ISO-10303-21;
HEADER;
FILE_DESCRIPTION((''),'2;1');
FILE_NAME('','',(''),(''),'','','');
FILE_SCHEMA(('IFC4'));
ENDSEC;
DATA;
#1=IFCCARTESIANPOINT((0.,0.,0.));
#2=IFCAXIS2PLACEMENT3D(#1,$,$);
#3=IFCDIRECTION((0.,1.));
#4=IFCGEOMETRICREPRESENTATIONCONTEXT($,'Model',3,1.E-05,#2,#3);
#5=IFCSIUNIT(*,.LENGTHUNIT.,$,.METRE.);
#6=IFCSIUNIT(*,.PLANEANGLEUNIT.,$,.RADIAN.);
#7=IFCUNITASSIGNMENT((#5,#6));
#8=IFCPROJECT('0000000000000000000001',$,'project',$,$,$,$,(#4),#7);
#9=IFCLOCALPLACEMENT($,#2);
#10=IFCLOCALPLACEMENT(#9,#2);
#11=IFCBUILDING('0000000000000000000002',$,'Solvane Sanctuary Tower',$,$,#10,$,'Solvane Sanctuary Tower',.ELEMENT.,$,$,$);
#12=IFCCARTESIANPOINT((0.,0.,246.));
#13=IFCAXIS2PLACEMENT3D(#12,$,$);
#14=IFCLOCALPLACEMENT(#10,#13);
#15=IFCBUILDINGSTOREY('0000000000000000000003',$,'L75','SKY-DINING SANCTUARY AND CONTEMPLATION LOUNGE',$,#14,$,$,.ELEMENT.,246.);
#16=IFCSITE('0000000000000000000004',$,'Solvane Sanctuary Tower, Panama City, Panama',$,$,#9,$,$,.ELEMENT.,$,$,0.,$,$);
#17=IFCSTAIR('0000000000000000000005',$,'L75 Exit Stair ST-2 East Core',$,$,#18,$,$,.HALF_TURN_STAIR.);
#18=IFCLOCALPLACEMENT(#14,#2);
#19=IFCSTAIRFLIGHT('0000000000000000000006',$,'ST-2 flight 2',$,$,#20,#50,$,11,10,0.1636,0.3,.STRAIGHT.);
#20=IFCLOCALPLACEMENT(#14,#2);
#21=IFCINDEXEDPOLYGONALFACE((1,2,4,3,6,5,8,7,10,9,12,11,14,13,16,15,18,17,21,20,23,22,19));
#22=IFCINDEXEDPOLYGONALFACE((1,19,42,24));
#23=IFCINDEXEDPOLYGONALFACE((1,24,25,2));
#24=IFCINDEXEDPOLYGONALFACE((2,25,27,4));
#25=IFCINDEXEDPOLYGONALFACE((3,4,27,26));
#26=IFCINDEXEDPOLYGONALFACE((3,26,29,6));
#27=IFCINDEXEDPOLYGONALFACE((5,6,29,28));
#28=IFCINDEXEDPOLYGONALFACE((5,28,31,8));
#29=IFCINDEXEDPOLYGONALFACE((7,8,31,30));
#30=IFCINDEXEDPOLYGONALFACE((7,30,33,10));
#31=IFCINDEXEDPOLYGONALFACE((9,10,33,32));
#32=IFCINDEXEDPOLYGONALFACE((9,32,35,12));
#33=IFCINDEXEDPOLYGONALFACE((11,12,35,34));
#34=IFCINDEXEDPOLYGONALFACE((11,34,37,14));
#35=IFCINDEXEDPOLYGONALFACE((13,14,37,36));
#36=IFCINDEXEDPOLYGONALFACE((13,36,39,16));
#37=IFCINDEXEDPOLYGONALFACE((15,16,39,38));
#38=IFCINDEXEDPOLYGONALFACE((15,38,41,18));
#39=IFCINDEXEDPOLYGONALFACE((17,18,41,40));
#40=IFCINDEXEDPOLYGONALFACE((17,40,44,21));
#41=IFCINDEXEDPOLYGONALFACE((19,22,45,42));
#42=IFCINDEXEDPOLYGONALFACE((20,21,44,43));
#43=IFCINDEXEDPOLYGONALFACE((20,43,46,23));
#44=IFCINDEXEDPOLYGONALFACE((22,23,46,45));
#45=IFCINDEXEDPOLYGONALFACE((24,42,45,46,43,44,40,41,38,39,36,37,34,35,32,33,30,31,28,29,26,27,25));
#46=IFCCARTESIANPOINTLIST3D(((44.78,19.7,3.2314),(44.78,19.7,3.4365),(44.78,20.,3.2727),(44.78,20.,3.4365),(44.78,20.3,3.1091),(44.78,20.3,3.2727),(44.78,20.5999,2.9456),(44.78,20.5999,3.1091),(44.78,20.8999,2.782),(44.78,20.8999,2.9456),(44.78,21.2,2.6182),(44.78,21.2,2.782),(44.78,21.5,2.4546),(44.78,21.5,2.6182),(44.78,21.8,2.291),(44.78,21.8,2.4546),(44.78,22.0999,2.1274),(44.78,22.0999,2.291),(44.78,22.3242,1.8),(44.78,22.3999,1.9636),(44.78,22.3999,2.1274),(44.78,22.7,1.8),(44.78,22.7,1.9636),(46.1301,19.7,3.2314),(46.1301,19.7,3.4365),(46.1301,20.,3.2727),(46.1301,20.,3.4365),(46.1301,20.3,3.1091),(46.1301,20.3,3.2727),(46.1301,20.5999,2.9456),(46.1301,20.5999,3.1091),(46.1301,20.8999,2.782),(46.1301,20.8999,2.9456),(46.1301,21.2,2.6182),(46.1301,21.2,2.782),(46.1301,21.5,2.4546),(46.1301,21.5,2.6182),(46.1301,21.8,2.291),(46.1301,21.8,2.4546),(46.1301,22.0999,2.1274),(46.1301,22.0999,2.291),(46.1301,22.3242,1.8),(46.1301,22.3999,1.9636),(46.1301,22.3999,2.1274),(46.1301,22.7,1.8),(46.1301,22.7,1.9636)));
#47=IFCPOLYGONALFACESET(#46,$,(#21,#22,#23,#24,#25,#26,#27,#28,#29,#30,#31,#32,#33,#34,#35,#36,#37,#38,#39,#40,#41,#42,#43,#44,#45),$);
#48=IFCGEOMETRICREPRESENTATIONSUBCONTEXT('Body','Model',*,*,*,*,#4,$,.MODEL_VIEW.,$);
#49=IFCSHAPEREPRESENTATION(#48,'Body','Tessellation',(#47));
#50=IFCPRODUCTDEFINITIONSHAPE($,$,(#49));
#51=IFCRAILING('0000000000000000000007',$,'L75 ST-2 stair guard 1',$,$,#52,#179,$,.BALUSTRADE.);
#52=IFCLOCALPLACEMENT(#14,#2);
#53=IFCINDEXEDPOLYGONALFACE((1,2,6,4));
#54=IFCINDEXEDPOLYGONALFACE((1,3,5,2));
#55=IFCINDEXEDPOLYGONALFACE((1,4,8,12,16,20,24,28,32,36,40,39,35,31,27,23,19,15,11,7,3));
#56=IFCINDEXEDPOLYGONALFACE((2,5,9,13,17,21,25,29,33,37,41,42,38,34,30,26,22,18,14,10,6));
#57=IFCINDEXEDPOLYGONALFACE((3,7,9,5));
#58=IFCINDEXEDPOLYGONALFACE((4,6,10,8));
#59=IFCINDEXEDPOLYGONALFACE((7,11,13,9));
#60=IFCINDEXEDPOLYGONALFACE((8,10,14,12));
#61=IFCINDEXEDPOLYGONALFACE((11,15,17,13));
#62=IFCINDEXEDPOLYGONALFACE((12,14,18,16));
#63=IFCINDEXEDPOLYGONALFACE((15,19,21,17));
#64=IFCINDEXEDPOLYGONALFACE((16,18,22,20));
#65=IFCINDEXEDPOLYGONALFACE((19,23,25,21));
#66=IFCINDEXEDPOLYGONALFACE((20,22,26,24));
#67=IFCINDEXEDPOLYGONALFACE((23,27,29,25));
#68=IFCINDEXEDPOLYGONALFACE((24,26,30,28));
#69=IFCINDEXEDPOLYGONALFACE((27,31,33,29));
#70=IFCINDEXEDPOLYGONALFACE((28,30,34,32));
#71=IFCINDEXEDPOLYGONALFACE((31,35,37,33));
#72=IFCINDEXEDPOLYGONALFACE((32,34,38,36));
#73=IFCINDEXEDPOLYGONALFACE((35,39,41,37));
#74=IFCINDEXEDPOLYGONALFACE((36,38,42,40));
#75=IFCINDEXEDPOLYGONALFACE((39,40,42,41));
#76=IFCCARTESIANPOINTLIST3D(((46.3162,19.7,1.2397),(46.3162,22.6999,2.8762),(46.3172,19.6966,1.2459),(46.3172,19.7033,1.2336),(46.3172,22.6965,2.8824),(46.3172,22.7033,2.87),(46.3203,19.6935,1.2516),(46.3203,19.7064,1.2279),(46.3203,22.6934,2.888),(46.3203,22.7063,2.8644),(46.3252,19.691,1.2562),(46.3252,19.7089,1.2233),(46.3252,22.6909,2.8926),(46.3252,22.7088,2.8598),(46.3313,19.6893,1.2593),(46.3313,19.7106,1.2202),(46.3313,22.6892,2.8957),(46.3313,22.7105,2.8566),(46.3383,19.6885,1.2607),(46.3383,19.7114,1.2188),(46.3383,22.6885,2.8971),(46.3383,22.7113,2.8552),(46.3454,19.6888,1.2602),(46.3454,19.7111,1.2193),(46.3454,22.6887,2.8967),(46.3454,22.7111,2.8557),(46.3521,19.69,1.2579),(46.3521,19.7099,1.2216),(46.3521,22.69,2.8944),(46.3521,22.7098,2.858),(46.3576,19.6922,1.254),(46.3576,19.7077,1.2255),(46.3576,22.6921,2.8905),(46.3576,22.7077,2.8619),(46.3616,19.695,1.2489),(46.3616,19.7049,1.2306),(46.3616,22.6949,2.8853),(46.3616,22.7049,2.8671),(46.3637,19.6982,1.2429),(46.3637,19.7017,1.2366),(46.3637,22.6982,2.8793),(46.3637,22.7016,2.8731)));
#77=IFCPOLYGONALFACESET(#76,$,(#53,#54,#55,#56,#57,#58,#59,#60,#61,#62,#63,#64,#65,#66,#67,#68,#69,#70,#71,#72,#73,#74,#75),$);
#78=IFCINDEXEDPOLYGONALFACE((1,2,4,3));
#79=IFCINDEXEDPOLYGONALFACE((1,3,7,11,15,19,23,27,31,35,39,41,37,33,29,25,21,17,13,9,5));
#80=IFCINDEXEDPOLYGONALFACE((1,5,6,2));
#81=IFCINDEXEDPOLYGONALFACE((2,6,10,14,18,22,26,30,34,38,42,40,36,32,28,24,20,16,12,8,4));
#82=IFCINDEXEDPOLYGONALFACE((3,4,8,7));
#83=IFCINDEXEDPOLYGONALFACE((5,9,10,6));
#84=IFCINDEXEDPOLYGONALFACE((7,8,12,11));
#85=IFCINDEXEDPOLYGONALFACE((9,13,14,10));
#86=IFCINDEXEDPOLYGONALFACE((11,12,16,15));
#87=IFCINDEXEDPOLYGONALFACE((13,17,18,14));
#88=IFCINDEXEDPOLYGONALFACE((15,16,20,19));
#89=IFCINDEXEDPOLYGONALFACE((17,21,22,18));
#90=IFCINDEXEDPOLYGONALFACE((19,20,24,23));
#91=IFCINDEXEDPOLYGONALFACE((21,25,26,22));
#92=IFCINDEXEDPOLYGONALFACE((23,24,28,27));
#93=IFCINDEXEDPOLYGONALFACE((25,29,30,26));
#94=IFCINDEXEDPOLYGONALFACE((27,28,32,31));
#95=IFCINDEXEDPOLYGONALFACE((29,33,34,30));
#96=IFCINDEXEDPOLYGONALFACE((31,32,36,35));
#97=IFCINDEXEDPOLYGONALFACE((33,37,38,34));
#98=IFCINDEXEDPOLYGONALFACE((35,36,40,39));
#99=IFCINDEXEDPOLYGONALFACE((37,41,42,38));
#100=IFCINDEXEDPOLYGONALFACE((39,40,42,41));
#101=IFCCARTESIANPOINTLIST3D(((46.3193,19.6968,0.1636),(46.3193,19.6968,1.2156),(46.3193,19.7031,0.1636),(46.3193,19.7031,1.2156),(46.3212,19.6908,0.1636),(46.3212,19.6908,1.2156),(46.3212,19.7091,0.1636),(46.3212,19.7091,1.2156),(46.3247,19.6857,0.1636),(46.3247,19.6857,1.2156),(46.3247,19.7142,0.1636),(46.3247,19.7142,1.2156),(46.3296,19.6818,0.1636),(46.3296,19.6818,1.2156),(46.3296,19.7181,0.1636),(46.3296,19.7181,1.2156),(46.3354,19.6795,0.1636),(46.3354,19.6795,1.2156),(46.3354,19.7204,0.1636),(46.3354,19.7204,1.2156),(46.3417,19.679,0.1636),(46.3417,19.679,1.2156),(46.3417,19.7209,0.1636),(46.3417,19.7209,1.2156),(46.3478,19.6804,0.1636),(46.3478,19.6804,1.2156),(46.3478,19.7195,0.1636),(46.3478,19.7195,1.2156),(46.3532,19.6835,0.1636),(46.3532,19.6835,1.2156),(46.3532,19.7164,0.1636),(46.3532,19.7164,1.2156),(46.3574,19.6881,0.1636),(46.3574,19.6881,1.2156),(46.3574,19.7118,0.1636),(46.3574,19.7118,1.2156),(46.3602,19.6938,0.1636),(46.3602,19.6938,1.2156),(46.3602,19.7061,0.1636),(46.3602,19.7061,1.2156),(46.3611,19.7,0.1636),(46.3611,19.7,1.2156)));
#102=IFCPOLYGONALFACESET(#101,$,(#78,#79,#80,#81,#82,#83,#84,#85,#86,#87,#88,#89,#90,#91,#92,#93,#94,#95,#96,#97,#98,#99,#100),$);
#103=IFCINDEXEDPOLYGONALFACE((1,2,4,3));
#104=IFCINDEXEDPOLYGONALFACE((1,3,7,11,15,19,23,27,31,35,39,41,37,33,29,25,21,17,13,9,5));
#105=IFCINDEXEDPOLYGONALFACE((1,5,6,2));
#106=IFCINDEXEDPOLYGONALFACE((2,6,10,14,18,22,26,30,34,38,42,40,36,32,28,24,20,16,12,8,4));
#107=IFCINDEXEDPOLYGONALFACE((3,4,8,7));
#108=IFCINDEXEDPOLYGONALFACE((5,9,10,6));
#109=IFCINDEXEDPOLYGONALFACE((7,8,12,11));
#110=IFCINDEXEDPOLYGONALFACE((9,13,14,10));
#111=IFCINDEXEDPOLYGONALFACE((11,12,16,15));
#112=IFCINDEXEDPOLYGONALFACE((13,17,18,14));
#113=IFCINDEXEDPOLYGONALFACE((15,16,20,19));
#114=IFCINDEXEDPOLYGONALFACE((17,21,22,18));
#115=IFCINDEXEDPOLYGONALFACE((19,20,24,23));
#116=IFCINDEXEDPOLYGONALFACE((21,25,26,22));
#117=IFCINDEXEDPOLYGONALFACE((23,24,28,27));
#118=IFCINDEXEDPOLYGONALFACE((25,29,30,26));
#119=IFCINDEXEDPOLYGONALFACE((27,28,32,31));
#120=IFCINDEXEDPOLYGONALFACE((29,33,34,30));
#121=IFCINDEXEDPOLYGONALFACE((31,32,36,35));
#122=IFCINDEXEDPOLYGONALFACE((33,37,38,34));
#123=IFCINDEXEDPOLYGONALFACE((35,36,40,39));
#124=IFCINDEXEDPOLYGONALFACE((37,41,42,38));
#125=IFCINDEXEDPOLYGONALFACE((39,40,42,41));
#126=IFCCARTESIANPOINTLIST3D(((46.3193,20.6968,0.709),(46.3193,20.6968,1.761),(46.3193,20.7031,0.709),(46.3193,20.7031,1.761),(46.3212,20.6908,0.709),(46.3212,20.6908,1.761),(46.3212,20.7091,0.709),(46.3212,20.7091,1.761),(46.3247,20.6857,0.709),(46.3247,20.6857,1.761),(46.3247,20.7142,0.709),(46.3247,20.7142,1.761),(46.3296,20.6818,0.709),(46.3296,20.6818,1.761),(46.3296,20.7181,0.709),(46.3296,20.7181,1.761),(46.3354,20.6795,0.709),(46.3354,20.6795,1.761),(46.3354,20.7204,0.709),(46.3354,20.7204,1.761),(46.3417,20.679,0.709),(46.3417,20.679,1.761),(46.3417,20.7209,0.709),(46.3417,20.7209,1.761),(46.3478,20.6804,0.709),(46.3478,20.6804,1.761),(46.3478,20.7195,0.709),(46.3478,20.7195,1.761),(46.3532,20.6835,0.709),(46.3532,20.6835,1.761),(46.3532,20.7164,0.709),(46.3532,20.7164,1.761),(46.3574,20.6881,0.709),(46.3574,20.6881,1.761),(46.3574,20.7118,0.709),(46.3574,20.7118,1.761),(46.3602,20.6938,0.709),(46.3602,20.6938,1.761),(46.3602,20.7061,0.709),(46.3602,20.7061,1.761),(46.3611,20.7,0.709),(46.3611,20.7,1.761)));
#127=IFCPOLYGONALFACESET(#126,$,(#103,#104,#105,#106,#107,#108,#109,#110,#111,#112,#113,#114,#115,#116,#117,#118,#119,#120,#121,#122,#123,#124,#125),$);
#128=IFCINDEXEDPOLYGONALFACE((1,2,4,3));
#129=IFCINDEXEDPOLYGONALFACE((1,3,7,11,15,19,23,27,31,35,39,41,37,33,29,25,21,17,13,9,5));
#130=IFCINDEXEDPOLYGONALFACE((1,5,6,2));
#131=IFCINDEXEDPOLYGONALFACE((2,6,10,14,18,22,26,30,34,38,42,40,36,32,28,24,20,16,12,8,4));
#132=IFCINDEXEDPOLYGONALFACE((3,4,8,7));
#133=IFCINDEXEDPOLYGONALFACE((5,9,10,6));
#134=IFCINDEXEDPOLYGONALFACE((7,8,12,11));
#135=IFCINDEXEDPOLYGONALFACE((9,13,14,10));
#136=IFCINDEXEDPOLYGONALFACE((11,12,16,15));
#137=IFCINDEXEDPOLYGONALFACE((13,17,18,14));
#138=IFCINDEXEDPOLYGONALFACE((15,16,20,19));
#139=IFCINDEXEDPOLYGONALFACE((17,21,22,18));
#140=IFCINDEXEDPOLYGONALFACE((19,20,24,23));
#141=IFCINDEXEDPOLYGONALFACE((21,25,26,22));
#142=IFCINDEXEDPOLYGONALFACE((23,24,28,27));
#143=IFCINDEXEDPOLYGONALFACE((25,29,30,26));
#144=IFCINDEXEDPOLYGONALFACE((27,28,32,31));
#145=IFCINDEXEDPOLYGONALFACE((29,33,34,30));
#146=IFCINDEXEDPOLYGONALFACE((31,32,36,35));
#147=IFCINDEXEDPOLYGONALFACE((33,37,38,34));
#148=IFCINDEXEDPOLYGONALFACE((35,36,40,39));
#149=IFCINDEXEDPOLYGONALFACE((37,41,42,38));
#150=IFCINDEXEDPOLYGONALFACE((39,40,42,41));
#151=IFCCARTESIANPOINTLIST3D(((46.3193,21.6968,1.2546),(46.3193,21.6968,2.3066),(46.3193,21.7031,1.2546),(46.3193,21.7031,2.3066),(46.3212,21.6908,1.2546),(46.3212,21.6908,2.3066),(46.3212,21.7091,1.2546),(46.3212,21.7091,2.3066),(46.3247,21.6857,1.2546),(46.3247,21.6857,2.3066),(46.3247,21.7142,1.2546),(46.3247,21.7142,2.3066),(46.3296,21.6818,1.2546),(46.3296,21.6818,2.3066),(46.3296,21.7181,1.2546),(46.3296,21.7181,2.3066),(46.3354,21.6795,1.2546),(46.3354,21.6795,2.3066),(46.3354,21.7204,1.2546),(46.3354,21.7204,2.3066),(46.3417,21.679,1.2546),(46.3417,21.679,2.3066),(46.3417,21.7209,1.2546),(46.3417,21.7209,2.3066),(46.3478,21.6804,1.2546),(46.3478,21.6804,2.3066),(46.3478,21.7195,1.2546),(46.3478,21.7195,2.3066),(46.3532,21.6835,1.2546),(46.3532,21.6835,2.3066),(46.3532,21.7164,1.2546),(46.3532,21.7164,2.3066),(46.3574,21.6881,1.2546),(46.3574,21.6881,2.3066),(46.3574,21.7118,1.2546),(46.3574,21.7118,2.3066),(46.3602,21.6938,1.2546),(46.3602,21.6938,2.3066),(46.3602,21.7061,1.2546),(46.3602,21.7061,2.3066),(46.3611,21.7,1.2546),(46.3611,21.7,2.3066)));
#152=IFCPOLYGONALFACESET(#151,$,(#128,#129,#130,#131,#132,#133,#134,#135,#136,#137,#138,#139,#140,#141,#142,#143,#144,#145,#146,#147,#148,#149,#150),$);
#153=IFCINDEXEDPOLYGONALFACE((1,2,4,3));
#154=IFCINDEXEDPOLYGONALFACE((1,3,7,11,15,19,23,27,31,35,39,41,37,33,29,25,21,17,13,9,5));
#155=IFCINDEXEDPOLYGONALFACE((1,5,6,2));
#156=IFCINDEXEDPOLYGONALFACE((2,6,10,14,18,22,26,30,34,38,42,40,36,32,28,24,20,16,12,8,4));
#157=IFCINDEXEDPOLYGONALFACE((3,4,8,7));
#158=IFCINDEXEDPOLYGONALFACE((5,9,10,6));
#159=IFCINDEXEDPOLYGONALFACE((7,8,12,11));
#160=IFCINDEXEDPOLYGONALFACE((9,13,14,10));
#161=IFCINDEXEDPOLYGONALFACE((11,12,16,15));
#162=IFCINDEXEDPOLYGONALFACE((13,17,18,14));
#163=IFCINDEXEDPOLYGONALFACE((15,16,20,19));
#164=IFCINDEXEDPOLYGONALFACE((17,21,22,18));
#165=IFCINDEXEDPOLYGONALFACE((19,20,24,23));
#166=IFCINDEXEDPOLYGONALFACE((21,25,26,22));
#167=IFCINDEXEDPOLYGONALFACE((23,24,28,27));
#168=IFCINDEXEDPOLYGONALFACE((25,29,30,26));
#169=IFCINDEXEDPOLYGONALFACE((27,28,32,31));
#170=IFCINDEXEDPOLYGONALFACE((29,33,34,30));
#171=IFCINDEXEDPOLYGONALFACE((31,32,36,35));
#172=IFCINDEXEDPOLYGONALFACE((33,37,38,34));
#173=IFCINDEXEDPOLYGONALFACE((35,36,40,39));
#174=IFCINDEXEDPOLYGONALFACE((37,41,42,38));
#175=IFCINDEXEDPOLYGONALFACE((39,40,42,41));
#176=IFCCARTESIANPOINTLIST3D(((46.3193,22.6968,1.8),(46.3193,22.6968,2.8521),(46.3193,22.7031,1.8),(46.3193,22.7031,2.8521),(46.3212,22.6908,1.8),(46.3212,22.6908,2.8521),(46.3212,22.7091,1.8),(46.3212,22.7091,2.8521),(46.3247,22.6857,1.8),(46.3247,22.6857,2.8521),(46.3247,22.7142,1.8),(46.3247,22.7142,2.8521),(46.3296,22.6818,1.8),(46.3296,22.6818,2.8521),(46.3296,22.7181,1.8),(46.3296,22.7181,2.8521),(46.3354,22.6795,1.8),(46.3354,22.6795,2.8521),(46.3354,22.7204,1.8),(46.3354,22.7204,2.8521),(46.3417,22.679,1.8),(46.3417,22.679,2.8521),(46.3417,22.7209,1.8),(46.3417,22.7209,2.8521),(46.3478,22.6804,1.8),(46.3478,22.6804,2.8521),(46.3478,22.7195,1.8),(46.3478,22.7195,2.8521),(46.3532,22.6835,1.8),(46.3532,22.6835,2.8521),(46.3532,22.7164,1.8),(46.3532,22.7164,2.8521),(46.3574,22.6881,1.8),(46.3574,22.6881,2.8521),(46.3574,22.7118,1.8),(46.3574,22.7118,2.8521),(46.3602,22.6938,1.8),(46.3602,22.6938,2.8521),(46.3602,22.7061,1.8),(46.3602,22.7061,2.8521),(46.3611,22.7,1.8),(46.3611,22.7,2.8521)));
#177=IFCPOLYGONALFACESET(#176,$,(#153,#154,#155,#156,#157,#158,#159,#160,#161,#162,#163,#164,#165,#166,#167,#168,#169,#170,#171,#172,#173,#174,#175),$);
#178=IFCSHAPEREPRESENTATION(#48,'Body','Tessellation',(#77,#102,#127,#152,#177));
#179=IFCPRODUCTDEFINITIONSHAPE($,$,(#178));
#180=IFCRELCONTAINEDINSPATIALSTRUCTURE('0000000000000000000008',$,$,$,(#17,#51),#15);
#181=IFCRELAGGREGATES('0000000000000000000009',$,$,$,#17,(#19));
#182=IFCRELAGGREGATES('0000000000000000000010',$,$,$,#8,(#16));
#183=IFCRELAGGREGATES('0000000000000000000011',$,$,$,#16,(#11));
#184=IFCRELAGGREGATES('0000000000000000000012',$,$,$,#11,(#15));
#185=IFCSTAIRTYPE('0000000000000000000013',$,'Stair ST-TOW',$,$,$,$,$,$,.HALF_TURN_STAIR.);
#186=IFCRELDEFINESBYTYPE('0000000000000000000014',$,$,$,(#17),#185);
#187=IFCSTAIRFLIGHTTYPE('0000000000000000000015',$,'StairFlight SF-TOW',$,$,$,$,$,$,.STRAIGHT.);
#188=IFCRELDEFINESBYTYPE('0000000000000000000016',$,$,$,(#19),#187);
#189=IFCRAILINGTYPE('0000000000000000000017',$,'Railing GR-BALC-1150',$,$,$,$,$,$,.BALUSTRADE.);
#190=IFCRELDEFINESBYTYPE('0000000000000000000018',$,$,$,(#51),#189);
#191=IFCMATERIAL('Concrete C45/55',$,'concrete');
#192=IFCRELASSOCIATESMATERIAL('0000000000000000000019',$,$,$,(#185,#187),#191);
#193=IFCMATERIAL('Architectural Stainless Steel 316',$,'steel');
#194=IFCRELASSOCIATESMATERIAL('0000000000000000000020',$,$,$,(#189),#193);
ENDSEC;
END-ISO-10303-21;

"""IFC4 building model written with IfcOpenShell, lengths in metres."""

from ifc_helpers import new_model, si_unit, direction, frame, origin, origin_2d, place, context, subcontext, project, spatial, polyline, circle, outline, extrude, material, type_object, element, aggregate, save


model = new_model("IFC4")

# Units and contexts
model_context = context("Model", 3, precision=1e-05, world=origin(), true_north=direction((0.0, 1.0)))
body_context = subcontext(model_context, "Body", "Model", "MODEL_VIEW")
ifc_project = project(units=[si_unit("LENGTHUNIT", "METRE"), si_unit("PLANEANGLEUNIT", "RADIAN")], contexts=[model_context])

# Site, building, storey
site_placement = place(None, origin())
site = spatial("IfcSite", under=ifc_project, at=site_placement, Name="Solvane Sanctuary Tower, Panama City, Panama", CompositionType="ELEMENT", RefElevation=0.0)
building_placement = place(site_placement, origin())
building = spatial("IfcBuilding", under=site, at=building_placement, Name="Solvane Sanctuary Tower", LongName="Solvane Sanctuary Tower", CompositionType="ELEMENT")
storey_placement = place(building_placement, frame((0.0, 0.0, 246.0)))
storey = spatial("IfcBuildingStorey", under=building, at=storey_placement, Name="L75", Description="SKY-DINING SANCTUARY AND CONTEMPLATION LOUNGE", CompositionType="ELEMENT", Elevation=246.0)

# Stair, stair flight
ifc_material_1 = material(Name="Concrete C45/55", Category="concrete")
stair_type = type_object("IfcStairType", Name="Stair ST-TOW", PredefinedType="HALF_TURN_STAIR", material=ifc_material_1)
stair_placement = place(storey_placement, origin())
stair = element("IfcStair", 1, at=stair_placement, inside=storey, type_object=stair_type, Name="L75 Exit Stair ST-2 East Core", PredefinedType="HALF_TURN_STAIR")
stair_flight_type = type_object("IfcStairFlightType", Name="StairFlight SF-TOW", PredefinedType="STRAIGHT", material=ifc_material_1)
stair_flight_1_placement = place(storey_placement, frame((45.4551, 22.7, 1.8), z_axis=(0.0, 0.0, 1.0), x_axis=(0.0, -1.0, 0.0)))
stair_flight_1 = element("IfcStairFlight", 2, at=stair_flight_1_placement, type_object=stair_flight_type, Name="ST-2 flight 2", NumberOfRisers=11, NumberOfTreads=10, PredefinedType="STRAIGHT", RiserHeight=0.1636, TreadLength=0.3, context=body_context, shape_type="SweptSolid", body=[
    extrude(outline(polyline([(0.0, 0.0), (0.0, 0.1636), (0.3, 0.1636), (0.3, 0.3274), (0.6001, 0.3274), (0.6001, 0.491), (0.8999, 0.491), (0.8999, 0.6545), (1.2, 0.6545), (1.2, 0.8181), (1.5, 0.8181), (1.5, 0.9819), (1.8, 0.9819), (1.8, 1.1455), (2.1001, 1.1455), (2.1001, 1.3091), (2.3999, 1.3091), (2.3999, 1.4727), (2.7, 1.4727), (2.7, 1.6365), (3.0, 1.6365), (3.0, 1.8), (3.0, 1.4314), (0.3757, 0.0), (0.0, 0.0)])), frame((0.0, 0.675, 0.0), z_axis=(0.0, -1.0, 0.0), x_axis=(1.0, 0.0, 0.0)), (0.0, 0.0, 1.0), 1.3501),
])
aggregate(stair, [stair_flight_1])

# Railing
ifc_material_2 = material(Name="Architectural Stainless Steel 316", Category="steel")
railing_type_1 = type_object("IfcRailingType", Name="Railing GR-BALC-1150", PredefinedType="BALUSTRADE", material=ifc_material_2)
railing_1_placement = place(storey_placement, frame((46.3401, 19.7, 0.1636)))
element("IfcRailing", 3, at=railing_1_placement, inside=storey, type_object=railing_type_1, Name="L75 ST-2 stair guard 1", PredefinedType="BALUSTRADE", context=body_context, shape_type="SweptSolid", body=[
    extrude(circle(Radius=0.0239, at=origin_2d()), frame((0.0, 0.0, 1.0762), z_axis=(0.0, 0.877882, 0.478877), x_axis=(-1.0, 0.0, 0.0)), (0.0, 0.0, 1.0), 3.4172),
    extrude(circle(Radius=0.021, at=origin_2d()), origin(), (0.0, 0.0, 1.0), 1.052),
    extrude(circle(Radius=0.021, at=origin_2d()), frame((0.0, 1.0, 0.5454)), (0.0, 0.0, 1.0), 1.052),
    extrude(circle(Radius=0.021, at=origin_2d()), frame((0.0, 2.0, 1.0911)), (0.0, 0.0, 1.0), 1.052),
    extrude(circle(Radius=0.021, at=origin_2d()), frame((0.0, 3.0, 1.6365)), (0.0, 0.0, 1.0), 1.052),
])

save(model, "model.ifc")
